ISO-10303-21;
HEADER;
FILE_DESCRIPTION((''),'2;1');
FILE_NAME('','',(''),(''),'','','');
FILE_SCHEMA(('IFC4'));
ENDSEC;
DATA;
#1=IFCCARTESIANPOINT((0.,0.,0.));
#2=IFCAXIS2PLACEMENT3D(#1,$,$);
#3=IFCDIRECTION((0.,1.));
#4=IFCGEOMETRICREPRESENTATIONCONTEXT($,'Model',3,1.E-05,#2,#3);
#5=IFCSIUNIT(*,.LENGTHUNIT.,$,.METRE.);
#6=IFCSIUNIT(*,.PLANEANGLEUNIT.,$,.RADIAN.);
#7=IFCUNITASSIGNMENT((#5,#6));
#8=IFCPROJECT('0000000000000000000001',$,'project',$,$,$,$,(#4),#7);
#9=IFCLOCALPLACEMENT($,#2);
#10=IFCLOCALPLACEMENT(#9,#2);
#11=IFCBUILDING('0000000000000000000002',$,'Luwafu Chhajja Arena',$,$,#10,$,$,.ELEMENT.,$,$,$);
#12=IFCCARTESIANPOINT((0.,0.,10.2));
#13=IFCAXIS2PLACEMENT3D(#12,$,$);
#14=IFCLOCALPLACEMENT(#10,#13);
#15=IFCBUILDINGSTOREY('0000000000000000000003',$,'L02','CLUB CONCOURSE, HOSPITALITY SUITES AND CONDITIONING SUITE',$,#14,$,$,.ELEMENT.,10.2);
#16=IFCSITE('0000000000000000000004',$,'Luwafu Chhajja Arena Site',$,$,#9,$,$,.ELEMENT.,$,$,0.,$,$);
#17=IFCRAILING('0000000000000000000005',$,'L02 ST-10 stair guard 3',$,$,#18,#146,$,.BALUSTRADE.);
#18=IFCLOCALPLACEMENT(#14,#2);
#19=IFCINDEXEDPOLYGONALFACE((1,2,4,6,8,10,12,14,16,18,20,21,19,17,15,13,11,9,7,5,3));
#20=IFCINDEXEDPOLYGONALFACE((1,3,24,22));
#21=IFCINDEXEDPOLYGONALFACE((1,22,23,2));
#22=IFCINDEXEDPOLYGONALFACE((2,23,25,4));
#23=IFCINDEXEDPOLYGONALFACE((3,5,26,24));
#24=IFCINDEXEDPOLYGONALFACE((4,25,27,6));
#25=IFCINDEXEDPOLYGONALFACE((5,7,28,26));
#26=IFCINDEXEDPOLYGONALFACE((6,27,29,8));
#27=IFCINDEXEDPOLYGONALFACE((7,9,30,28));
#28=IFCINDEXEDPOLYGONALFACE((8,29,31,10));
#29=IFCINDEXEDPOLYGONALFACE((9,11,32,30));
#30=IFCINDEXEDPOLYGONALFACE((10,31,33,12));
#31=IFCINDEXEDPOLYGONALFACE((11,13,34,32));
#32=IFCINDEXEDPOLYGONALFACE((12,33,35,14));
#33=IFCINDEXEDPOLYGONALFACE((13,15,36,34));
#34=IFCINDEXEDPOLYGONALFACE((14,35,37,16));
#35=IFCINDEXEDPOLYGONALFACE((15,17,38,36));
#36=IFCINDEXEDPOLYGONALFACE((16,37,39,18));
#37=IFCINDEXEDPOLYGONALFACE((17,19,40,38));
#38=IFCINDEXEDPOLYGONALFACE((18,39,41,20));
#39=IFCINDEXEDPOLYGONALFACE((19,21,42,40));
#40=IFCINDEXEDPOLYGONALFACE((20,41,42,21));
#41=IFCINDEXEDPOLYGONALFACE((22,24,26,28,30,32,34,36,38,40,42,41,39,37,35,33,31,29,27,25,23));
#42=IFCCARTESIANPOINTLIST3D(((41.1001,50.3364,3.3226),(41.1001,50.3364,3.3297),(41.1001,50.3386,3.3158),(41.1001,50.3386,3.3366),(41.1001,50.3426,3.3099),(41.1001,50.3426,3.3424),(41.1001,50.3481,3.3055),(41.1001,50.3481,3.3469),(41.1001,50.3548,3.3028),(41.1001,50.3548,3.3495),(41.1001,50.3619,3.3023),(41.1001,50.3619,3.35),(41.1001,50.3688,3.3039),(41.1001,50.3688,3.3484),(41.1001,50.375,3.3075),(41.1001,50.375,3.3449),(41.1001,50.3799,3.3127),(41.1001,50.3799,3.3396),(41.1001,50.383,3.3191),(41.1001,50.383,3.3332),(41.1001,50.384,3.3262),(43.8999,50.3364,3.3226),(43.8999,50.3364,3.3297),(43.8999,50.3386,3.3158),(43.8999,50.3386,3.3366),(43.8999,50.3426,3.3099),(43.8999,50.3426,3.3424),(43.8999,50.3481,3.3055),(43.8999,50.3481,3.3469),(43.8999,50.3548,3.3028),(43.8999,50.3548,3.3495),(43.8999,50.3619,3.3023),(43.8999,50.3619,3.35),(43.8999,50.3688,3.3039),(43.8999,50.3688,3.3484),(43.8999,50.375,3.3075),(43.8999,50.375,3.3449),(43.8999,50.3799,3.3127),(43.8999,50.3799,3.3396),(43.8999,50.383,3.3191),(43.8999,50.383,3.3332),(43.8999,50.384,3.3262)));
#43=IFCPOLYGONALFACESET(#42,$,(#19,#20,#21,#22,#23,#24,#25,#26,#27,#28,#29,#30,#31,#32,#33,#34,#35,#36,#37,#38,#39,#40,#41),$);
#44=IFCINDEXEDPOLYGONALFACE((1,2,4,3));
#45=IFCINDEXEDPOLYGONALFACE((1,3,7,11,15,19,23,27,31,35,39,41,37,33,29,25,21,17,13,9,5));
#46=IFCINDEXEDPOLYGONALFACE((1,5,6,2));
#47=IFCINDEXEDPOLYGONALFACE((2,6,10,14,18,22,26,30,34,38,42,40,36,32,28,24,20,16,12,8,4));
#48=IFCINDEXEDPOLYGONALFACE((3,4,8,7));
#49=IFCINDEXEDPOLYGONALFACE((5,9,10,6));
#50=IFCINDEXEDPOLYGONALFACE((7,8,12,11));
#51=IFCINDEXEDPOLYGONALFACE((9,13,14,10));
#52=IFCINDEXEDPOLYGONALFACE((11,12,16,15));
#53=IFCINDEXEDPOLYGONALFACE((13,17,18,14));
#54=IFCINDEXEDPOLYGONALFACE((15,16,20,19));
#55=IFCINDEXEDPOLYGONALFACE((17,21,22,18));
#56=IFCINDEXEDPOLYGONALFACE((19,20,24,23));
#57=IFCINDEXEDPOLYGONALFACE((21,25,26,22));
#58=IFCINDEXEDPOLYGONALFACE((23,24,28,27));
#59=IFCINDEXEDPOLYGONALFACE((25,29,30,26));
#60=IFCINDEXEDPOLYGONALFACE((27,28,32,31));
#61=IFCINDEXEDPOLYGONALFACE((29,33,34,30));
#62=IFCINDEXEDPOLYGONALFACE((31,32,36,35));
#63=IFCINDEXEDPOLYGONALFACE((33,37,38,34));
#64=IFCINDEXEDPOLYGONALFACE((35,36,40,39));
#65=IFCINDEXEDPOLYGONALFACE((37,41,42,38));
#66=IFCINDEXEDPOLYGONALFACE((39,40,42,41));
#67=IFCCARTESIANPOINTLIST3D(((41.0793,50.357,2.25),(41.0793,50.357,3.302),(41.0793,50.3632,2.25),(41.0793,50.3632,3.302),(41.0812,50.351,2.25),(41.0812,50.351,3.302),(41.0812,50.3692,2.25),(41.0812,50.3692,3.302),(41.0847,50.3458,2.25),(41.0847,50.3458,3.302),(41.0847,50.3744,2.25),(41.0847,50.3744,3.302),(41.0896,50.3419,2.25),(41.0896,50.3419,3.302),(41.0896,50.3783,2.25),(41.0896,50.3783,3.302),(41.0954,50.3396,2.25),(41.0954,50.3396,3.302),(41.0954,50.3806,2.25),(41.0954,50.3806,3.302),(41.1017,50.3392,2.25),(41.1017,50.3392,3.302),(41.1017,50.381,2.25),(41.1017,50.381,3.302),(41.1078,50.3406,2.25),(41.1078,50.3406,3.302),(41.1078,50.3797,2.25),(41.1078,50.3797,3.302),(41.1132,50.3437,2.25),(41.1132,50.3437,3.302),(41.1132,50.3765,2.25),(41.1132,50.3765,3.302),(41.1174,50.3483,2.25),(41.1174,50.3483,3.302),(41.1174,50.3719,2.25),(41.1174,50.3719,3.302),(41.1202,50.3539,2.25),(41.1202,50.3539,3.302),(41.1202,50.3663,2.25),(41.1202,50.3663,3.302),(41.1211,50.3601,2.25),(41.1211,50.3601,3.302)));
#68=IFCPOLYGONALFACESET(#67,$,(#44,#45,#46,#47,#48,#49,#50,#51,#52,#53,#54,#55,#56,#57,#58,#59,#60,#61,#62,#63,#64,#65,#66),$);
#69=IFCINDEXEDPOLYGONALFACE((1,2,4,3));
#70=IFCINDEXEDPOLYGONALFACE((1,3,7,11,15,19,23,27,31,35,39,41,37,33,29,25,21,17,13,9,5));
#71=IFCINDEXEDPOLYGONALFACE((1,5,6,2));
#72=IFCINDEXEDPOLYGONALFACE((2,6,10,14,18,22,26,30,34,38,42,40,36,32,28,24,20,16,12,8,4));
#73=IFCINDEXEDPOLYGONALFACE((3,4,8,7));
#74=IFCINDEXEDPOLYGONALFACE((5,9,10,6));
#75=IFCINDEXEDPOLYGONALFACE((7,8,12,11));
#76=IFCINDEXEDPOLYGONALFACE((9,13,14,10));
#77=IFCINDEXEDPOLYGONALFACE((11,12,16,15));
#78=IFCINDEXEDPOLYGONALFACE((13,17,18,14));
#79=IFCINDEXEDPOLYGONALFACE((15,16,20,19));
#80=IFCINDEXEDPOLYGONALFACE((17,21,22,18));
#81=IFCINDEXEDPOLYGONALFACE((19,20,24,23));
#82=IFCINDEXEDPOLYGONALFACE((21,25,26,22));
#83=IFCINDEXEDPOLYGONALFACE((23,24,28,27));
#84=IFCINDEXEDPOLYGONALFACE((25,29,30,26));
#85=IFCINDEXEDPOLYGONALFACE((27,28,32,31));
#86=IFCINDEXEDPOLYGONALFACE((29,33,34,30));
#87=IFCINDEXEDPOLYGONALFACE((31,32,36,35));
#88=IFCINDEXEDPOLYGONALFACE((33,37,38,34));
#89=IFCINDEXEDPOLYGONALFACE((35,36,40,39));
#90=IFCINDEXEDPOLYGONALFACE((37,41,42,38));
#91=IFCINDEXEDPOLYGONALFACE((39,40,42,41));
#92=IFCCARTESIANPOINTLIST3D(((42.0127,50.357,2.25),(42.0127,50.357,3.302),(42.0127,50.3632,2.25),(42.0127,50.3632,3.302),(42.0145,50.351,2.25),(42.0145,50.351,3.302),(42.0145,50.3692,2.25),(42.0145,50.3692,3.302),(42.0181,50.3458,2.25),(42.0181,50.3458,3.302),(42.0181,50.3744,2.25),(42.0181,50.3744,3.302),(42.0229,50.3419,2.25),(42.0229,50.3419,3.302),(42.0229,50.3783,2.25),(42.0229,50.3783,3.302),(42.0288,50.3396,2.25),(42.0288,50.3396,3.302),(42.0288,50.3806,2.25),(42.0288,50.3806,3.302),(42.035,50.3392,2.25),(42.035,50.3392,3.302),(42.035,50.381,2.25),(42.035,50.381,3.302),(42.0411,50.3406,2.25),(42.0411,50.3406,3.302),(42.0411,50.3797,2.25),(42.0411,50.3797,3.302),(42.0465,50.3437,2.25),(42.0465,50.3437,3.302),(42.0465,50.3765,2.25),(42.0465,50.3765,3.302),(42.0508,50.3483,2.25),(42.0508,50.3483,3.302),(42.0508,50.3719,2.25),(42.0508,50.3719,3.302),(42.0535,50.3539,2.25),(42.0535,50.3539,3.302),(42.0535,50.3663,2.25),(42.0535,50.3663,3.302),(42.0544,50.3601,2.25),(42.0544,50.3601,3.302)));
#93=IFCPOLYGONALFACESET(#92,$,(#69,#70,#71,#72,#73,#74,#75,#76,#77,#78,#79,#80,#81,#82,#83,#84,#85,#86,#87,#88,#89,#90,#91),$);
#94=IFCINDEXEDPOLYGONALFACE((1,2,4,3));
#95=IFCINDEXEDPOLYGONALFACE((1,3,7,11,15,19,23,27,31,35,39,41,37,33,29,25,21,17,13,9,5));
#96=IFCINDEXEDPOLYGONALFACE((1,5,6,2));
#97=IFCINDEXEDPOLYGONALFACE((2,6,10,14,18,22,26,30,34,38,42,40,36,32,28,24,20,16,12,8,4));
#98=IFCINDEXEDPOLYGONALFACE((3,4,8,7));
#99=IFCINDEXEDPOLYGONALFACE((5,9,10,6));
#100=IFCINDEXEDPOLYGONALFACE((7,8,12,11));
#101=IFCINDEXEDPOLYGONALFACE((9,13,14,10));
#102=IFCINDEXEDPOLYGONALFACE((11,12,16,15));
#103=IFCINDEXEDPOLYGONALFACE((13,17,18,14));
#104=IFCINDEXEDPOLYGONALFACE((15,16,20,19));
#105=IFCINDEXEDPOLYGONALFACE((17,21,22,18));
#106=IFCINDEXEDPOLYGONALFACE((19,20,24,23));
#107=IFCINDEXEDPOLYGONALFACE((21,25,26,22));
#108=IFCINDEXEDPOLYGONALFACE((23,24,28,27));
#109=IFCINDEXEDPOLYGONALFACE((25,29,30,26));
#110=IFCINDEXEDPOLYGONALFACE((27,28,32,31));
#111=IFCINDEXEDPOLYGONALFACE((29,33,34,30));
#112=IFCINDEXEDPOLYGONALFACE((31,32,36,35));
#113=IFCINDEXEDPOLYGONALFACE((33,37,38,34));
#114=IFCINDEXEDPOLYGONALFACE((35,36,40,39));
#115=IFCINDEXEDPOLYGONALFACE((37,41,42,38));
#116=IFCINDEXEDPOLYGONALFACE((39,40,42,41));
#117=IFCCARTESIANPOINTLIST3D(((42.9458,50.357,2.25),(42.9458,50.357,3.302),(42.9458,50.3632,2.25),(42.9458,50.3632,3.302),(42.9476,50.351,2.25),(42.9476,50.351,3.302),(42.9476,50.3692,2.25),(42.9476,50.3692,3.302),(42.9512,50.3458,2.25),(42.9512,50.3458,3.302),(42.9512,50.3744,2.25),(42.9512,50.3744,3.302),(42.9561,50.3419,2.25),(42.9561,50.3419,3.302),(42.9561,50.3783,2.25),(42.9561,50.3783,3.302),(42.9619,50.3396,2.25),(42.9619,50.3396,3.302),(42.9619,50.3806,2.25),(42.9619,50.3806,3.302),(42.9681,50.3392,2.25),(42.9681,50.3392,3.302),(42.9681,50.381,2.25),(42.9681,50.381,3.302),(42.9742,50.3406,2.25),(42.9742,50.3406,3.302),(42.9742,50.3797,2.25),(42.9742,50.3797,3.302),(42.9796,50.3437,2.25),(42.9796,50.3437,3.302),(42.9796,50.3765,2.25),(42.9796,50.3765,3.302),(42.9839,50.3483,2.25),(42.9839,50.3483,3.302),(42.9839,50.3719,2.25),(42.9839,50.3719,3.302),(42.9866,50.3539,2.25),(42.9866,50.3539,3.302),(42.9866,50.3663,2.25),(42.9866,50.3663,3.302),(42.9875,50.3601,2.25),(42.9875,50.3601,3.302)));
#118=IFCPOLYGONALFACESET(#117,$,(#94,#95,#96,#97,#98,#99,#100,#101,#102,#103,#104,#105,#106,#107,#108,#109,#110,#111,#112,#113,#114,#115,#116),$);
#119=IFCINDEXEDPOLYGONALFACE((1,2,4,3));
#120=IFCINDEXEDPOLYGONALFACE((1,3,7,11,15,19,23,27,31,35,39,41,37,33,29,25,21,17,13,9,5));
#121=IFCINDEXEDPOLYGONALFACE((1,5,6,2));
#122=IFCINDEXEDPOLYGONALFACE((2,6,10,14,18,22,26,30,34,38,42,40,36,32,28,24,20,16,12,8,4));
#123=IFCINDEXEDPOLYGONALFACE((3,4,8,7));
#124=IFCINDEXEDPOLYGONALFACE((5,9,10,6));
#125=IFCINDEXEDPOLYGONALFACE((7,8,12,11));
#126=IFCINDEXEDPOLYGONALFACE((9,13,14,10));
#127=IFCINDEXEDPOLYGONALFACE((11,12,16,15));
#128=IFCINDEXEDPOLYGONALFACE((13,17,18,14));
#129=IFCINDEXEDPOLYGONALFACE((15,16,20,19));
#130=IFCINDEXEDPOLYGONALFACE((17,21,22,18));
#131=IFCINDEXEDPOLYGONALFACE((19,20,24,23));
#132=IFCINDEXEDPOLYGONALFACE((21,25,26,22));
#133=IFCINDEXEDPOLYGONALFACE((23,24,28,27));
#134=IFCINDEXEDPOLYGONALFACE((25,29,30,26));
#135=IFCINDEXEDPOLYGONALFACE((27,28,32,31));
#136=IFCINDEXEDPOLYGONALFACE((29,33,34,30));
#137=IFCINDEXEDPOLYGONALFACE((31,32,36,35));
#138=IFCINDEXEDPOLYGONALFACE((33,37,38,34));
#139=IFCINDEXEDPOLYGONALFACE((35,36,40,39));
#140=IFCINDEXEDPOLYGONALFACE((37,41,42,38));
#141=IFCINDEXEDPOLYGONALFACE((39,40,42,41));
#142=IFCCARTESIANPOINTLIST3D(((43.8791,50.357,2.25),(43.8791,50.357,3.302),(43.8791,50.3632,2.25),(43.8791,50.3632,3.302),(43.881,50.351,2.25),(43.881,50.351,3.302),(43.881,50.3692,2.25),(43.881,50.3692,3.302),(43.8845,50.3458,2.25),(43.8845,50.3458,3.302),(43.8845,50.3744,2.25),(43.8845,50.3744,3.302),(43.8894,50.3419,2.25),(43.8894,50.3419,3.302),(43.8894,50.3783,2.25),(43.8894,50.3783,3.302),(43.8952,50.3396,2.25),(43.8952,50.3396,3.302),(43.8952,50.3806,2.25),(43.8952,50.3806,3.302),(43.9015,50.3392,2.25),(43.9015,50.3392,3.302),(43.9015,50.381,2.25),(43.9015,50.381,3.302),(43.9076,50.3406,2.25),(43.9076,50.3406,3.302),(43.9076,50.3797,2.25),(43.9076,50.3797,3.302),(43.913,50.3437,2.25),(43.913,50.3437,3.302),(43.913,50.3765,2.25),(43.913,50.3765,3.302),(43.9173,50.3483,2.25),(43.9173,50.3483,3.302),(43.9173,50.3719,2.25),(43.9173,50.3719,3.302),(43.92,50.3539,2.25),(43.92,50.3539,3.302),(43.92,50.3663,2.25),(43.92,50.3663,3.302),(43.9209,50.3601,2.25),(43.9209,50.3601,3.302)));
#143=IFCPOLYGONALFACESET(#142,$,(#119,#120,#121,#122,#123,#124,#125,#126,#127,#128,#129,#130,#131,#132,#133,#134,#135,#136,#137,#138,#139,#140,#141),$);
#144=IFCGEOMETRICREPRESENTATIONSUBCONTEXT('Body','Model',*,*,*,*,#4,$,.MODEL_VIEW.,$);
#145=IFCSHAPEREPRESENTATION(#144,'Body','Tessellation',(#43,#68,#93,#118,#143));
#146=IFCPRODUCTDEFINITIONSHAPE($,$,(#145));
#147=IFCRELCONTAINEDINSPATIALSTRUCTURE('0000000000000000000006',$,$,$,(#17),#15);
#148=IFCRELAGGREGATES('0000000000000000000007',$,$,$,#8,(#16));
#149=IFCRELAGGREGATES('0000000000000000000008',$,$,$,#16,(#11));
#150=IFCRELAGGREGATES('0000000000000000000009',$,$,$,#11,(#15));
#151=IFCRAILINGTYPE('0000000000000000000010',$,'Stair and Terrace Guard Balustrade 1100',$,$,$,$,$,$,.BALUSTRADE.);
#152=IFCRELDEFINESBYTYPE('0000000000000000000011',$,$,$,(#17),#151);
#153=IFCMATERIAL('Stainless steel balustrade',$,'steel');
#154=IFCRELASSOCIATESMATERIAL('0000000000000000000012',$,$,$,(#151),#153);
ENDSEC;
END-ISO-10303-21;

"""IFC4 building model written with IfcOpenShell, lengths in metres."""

from ifc_helpers import new_model, si_unit, direction, frame, origin, origin_2d, place, context, subcontext, project, spatial, circle, extrude, material, type_object, element, save


model = new_model("IFC4")

# Units and contexts
model_context = context("Model", 3, precision=1e-05, world=origin(), true_north=direction((0.0, 1.0)))
body_context = subcontext(model_context, "Body", "Model", "MODEL_VIEW")
ifc_project = project(units=[si_unit("LENGTHUNIT", "METRE"), si_unit("PLANEANGLEUNIT", "RADIAN")], contexts=[model_context])

# Site, building, storey
site_placement = place(None, origin())
site = spatial("IfcSite", under=ifc_project, at=site_placement, Name="Luwafu Chhajja Arena Site", CompositionType="ELEMENT", RefElevation=0.0)
building_placement = place(site_placement, origin())
building = spatial("IfcBuilding", under=site, at=building_placement, Name="Luwafu Chhajja Arena", CompositionType="ELEMENT")
storey_placement = place(building_placement, frame((0.0, 0.0, 10.2)))
storey = spatial("IfcBuildingStorey", under=building, at=storey_placement, Name="L02", Description="CLUB CONCOURSE, HOSPITALITY SUITES AND CONDITIONING SUITE", CompositionType="ELEMENT", Elevation=10.2)

# Railing
ifc_material_1 = material(Name="Stainless steel balustrade", Category="steel")
railing_type_1 = type_object("IfcRailingType", Name="Stair and Terrace Guard Balustrade 1100", PredefinedType="BALUSTRADE", material=ifc_material_1)
for number, where, name in (
    (1, (41.1001, 50.3601, 2.25), "L02 ST-10 stair guard 3"),
):
    element("IfcRailing", number, at=place(storey_placement, frame(where)), inside=storey, type_object=railing_type_1, Name=name, PredefinedType="BALUSTRADE", context=body_context, shape_type="SweptSolid", body=[
        extrude(circle(Radius=0.0239, at=origin_2d()), frame((0.0, 0.0, 1.0762), z_axis=(1.0, 0.0, 0.0), x_axis=(0.0, 1.0, 0.0)), (0.0, 0.0, 1.0), 2.7998),
        extrude(circle(Radius=0.021, at=origin_2d()), origin(), (0.0, 0.0, 1.0), 1.052),
        extrude(circle(Radius=0.021, at=origin_2d()), frame((0.9333, 0.0, 0.0)), (0.0, 0.0, 1.0), 1.052),
        extrude(circle(Radius=0.021, at=origin_2d()), frame((1.8665, 0.0, 0.0)), (0.0, 0.0, 1.0), 1.052),
        extrude(circle(Radius=0.021, at=origin_2d()), frame((2.7998, 0.0, 0.0)), (0.0, 0.0, 1.0), 1.052),
    ])

save(model, "model.ifc")
